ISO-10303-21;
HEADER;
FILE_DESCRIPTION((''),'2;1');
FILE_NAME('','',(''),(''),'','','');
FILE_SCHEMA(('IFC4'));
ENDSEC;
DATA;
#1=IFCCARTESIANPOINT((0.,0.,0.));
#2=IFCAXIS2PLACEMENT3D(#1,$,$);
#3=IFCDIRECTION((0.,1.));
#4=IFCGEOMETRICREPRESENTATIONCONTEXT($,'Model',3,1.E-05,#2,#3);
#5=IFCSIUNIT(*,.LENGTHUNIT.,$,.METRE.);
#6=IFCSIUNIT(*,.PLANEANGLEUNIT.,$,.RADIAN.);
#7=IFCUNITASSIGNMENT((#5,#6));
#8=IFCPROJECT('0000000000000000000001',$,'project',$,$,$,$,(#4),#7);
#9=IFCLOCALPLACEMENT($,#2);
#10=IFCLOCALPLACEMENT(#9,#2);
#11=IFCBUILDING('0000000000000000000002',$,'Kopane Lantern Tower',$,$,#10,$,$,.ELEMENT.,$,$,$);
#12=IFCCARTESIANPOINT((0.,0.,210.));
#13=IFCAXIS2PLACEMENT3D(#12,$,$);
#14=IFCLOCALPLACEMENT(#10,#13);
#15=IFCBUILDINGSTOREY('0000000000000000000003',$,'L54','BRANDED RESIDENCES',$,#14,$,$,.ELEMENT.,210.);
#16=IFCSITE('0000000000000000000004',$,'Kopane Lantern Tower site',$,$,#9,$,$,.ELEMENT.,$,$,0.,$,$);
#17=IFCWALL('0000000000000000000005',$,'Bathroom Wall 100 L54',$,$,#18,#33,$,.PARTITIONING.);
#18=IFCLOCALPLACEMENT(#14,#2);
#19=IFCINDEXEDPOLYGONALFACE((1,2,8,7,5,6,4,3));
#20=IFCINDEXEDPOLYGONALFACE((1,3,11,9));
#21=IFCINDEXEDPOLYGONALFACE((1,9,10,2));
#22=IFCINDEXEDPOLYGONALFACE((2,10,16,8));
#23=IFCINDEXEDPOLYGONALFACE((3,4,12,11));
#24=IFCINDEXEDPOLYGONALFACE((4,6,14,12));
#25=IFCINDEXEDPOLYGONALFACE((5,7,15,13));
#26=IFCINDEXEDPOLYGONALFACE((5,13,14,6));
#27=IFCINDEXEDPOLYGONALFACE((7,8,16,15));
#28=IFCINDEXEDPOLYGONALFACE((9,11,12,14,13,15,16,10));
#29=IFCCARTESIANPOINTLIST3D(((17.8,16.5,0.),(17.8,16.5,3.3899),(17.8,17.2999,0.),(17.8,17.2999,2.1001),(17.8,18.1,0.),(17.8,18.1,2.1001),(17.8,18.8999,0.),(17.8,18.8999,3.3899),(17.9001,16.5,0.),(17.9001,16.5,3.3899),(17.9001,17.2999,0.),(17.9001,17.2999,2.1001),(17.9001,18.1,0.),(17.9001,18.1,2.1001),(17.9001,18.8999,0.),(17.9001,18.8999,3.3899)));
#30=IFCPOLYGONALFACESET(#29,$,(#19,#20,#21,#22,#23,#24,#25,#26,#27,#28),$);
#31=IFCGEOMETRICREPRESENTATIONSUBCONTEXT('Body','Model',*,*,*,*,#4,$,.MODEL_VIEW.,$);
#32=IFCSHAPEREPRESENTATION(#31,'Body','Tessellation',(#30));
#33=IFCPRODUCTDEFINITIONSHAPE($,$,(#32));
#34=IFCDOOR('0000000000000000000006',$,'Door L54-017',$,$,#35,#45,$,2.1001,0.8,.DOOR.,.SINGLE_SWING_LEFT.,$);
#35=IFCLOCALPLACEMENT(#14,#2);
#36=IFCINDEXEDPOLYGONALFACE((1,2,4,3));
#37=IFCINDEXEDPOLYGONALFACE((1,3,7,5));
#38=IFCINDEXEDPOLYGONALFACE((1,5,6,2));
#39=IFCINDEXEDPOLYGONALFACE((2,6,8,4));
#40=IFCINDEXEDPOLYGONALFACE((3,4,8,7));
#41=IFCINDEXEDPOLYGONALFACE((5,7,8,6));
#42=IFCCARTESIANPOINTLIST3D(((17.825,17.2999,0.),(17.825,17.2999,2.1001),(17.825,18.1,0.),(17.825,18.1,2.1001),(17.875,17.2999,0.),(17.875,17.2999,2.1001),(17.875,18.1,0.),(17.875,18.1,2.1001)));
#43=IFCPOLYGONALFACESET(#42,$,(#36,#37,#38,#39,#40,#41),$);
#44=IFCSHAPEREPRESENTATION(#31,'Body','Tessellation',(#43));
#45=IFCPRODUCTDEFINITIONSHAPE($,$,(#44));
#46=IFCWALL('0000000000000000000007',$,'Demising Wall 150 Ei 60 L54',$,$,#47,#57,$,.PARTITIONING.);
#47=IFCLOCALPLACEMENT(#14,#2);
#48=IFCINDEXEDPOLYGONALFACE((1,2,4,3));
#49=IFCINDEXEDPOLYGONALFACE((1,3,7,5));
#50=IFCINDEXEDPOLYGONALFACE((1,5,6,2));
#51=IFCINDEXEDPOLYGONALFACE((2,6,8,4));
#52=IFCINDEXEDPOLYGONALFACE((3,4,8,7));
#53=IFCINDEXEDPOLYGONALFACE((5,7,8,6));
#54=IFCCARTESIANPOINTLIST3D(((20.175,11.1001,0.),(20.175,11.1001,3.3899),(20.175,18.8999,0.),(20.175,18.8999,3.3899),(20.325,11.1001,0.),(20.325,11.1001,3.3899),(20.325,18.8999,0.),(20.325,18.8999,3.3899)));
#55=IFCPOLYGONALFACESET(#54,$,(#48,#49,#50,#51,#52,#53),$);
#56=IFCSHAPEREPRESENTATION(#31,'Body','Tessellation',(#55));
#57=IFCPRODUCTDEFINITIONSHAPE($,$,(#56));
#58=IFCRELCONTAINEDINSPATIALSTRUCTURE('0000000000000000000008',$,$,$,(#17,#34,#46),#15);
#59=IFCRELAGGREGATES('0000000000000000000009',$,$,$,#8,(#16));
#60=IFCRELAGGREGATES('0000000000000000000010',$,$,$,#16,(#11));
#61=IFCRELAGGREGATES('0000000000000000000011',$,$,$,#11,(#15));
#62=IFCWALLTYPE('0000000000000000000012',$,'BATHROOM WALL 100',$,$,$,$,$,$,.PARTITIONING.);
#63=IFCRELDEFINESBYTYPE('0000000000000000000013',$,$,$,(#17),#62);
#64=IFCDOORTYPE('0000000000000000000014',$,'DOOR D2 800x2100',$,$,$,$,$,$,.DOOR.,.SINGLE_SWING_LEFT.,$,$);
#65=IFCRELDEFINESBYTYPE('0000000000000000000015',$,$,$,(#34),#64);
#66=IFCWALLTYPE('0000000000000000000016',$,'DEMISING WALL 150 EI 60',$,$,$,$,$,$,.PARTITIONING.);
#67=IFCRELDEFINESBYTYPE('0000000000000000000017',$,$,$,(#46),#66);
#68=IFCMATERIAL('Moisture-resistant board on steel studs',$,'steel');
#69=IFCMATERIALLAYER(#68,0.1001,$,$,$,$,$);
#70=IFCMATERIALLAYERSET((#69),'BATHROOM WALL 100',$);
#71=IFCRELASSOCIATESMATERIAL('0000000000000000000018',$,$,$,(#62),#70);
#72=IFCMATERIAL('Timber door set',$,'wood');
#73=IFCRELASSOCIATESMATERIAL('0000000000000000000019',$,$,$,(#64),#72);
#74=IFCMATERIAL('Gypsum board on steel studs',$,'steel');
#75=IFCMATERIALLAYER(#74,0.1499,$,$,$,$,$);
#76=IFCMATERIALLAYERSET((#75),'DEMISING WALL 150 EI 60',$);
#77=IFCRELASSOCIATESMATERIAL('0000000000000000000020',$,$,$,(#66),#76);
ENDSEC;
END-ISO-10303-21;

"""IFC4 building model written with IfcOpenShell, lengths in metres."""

from ifc_helpers import new_model, si_unit, direction, frame, frame_2d, origin, place, context, subcontext, project, spatial, rectangle, extrude, material, layer, layer_set, type_object, element, fill, save


model = new_model("IFC4")

# Units and contexts
model_context = context("Model", 3, precision=1e-05, world=origin(), true_north=direction((0.0, 1.0)))
body_context = subcontext(model_context, "Body", "Model", "MODEL_VIEW")
ifc_project = project(units=[si_unit("LENGTHUNIT", "METRE"), si_unit("PLANEANGLEUNIT", "RADIAN")], contexts=[model_context])

# Site, building, storey
site_placement = place(None, origin())
site = spatial("IfcSite", under=ifc_project, at=site_placement, Name="Kopane Lantern Tower site", CompositionType="ELEMENT", RefElevation=0.0)
building_placement = place(site_placement, origin())
building = spatial("IfcBuilding", under=site, at=building_placement, Name="Kopane Lantern Tower", CompositionType="ELEMENT")
storey_placement = place(building_placement, frame((0.0, 0.0, 210.0)))
storey = spatial("IfcBuildingStorey", under=building, at=storey_placement, Name="L54", Description="BRANDED RESIDENCES", CompositionType="ELEMENT", Elevation=210.0)

# Wall, opening, door
ifc_material_1 = material(Name="Moisture-resistant board on steel studs", Category="steel")
ifc_layer_1 = layer(ifc_material_1, 0.1001)
ifc_layer_set_1 = layer_set([ifc_layer_1], Name="BATHROOM WALL 100")
wall_type_1 = type_object("IfcWallType", Name="BATHROOM WALL 100", PredefinedType="PARTITIONING", material=ifc_layer_set_1)
wall_1_placement = place(storey_placement, frame((17.8501, 18.8999, 0.0), z_axis=(0.0, 0.0, 1.0), x_axis=(0.0, -1.0, 0.0)))
wall_1 = element("IfcWall", 1, at=wall_1_placement, inside=storey, type_object=wall_type_1, Name="Bathroom Wall 100 L54", PredefinedType="PARTITIONING", context=body_context, shape_type="SweptSolid", body=[
    extrude(rectangle(XDim=2.3999, YDim=0.1001, at=frame_2d((1.2, 0.0))), origin(), (0.0, 0.0, 1.0), 3.3899),
])
opening_placement = place(wall_1_placement, frame((0.8, 0.0, 0.0)))
opening = element("IfcOpeningElement", 2, at=opening_placement, cuts=wall_1, PredefinedType="OPENING", context=body_context, shape_type="SweptSolid", body=[
    extrude(rectangle(XDim=0.8, YDim=2.1001, at=frame_2d((0.3999, 1.05))), frame((0.0, 0.0601, 0.0), z_axis=(0.0, -1.0, 0.0), x_axis=(1.0, 0.0, 0.0)), (0.0, 0.0, 1.0), 0.1201),
])
ifc_material_2 = material(Name="Timber door set", Category="wood")
door_type = type_object("IfcDoorType", Name="DOOR D2 800x2100", OperationType="SINGLE_SWING_LEFT", PredefinedType="DOOR", material=ifc_material_2)
door_placement = place(opening_placement, origin())
door = element("IfcDoor", 3, at=door_placement, inside=storey, type_object=door_type, Name="Door L54-017", OperationType="SINGLE_SWING_LEFT", OverallHeight=2.1001, OverallWidth=0.8, PredefinedType="DOOR", context=body_context, shape_type="SweptSolid", body=[
    extrude(rectangle(XDim=0.8, YDim=2.1001, at=frame_2d((0.3999, 1.05))), frame((0.0, 0.0249, 0.0), z_axis=(0.0, -1.0, 0.0), x_axis=(1.0, 0.0, 0.0)), (0.0, 0.0, 1.0), 0.05),
])
fill(opening, door)

# Wall
ifc_material_3 = material(Name="Gypsum board on steel studs", Category="steel")
ifc_layer_2 = layer(ifc_material_3, 0.1499)
ifc_layer_set_2 = layer_set([ifc_layer_2], Name="DEMISING WALL 150 EI 60")
wall_type_2 = type_object("IfcWallType", Name="DEMISING WALL 150 EI 60", PredefinedType="PARTITIONING", material=ifc_layer_set_2)
wall_2_placement = place(storey_placement, frame((20.25, 18.8999, 0.0), z_axis=(0.0, 0.0, 1.0), x_axis=(0.0, -1.0, 0.0)))
element("IfcWall", 4, at=wall_2_placement, inside=storey, type_object=wall_type_2, Name="Demising Wall 150 Ei 60 L54", PredefinedType="PARTITIONING", context=body_context, shape_type="SweptSolid", body=[
    extrude(rectangle(XDim=7.7998, YDim=0.1499, at=frame_2d((3.8999, 0.0))), origin(), (0.0, 0.0, 1.0), 3.3899),
])

save(model, "model.ifc")
